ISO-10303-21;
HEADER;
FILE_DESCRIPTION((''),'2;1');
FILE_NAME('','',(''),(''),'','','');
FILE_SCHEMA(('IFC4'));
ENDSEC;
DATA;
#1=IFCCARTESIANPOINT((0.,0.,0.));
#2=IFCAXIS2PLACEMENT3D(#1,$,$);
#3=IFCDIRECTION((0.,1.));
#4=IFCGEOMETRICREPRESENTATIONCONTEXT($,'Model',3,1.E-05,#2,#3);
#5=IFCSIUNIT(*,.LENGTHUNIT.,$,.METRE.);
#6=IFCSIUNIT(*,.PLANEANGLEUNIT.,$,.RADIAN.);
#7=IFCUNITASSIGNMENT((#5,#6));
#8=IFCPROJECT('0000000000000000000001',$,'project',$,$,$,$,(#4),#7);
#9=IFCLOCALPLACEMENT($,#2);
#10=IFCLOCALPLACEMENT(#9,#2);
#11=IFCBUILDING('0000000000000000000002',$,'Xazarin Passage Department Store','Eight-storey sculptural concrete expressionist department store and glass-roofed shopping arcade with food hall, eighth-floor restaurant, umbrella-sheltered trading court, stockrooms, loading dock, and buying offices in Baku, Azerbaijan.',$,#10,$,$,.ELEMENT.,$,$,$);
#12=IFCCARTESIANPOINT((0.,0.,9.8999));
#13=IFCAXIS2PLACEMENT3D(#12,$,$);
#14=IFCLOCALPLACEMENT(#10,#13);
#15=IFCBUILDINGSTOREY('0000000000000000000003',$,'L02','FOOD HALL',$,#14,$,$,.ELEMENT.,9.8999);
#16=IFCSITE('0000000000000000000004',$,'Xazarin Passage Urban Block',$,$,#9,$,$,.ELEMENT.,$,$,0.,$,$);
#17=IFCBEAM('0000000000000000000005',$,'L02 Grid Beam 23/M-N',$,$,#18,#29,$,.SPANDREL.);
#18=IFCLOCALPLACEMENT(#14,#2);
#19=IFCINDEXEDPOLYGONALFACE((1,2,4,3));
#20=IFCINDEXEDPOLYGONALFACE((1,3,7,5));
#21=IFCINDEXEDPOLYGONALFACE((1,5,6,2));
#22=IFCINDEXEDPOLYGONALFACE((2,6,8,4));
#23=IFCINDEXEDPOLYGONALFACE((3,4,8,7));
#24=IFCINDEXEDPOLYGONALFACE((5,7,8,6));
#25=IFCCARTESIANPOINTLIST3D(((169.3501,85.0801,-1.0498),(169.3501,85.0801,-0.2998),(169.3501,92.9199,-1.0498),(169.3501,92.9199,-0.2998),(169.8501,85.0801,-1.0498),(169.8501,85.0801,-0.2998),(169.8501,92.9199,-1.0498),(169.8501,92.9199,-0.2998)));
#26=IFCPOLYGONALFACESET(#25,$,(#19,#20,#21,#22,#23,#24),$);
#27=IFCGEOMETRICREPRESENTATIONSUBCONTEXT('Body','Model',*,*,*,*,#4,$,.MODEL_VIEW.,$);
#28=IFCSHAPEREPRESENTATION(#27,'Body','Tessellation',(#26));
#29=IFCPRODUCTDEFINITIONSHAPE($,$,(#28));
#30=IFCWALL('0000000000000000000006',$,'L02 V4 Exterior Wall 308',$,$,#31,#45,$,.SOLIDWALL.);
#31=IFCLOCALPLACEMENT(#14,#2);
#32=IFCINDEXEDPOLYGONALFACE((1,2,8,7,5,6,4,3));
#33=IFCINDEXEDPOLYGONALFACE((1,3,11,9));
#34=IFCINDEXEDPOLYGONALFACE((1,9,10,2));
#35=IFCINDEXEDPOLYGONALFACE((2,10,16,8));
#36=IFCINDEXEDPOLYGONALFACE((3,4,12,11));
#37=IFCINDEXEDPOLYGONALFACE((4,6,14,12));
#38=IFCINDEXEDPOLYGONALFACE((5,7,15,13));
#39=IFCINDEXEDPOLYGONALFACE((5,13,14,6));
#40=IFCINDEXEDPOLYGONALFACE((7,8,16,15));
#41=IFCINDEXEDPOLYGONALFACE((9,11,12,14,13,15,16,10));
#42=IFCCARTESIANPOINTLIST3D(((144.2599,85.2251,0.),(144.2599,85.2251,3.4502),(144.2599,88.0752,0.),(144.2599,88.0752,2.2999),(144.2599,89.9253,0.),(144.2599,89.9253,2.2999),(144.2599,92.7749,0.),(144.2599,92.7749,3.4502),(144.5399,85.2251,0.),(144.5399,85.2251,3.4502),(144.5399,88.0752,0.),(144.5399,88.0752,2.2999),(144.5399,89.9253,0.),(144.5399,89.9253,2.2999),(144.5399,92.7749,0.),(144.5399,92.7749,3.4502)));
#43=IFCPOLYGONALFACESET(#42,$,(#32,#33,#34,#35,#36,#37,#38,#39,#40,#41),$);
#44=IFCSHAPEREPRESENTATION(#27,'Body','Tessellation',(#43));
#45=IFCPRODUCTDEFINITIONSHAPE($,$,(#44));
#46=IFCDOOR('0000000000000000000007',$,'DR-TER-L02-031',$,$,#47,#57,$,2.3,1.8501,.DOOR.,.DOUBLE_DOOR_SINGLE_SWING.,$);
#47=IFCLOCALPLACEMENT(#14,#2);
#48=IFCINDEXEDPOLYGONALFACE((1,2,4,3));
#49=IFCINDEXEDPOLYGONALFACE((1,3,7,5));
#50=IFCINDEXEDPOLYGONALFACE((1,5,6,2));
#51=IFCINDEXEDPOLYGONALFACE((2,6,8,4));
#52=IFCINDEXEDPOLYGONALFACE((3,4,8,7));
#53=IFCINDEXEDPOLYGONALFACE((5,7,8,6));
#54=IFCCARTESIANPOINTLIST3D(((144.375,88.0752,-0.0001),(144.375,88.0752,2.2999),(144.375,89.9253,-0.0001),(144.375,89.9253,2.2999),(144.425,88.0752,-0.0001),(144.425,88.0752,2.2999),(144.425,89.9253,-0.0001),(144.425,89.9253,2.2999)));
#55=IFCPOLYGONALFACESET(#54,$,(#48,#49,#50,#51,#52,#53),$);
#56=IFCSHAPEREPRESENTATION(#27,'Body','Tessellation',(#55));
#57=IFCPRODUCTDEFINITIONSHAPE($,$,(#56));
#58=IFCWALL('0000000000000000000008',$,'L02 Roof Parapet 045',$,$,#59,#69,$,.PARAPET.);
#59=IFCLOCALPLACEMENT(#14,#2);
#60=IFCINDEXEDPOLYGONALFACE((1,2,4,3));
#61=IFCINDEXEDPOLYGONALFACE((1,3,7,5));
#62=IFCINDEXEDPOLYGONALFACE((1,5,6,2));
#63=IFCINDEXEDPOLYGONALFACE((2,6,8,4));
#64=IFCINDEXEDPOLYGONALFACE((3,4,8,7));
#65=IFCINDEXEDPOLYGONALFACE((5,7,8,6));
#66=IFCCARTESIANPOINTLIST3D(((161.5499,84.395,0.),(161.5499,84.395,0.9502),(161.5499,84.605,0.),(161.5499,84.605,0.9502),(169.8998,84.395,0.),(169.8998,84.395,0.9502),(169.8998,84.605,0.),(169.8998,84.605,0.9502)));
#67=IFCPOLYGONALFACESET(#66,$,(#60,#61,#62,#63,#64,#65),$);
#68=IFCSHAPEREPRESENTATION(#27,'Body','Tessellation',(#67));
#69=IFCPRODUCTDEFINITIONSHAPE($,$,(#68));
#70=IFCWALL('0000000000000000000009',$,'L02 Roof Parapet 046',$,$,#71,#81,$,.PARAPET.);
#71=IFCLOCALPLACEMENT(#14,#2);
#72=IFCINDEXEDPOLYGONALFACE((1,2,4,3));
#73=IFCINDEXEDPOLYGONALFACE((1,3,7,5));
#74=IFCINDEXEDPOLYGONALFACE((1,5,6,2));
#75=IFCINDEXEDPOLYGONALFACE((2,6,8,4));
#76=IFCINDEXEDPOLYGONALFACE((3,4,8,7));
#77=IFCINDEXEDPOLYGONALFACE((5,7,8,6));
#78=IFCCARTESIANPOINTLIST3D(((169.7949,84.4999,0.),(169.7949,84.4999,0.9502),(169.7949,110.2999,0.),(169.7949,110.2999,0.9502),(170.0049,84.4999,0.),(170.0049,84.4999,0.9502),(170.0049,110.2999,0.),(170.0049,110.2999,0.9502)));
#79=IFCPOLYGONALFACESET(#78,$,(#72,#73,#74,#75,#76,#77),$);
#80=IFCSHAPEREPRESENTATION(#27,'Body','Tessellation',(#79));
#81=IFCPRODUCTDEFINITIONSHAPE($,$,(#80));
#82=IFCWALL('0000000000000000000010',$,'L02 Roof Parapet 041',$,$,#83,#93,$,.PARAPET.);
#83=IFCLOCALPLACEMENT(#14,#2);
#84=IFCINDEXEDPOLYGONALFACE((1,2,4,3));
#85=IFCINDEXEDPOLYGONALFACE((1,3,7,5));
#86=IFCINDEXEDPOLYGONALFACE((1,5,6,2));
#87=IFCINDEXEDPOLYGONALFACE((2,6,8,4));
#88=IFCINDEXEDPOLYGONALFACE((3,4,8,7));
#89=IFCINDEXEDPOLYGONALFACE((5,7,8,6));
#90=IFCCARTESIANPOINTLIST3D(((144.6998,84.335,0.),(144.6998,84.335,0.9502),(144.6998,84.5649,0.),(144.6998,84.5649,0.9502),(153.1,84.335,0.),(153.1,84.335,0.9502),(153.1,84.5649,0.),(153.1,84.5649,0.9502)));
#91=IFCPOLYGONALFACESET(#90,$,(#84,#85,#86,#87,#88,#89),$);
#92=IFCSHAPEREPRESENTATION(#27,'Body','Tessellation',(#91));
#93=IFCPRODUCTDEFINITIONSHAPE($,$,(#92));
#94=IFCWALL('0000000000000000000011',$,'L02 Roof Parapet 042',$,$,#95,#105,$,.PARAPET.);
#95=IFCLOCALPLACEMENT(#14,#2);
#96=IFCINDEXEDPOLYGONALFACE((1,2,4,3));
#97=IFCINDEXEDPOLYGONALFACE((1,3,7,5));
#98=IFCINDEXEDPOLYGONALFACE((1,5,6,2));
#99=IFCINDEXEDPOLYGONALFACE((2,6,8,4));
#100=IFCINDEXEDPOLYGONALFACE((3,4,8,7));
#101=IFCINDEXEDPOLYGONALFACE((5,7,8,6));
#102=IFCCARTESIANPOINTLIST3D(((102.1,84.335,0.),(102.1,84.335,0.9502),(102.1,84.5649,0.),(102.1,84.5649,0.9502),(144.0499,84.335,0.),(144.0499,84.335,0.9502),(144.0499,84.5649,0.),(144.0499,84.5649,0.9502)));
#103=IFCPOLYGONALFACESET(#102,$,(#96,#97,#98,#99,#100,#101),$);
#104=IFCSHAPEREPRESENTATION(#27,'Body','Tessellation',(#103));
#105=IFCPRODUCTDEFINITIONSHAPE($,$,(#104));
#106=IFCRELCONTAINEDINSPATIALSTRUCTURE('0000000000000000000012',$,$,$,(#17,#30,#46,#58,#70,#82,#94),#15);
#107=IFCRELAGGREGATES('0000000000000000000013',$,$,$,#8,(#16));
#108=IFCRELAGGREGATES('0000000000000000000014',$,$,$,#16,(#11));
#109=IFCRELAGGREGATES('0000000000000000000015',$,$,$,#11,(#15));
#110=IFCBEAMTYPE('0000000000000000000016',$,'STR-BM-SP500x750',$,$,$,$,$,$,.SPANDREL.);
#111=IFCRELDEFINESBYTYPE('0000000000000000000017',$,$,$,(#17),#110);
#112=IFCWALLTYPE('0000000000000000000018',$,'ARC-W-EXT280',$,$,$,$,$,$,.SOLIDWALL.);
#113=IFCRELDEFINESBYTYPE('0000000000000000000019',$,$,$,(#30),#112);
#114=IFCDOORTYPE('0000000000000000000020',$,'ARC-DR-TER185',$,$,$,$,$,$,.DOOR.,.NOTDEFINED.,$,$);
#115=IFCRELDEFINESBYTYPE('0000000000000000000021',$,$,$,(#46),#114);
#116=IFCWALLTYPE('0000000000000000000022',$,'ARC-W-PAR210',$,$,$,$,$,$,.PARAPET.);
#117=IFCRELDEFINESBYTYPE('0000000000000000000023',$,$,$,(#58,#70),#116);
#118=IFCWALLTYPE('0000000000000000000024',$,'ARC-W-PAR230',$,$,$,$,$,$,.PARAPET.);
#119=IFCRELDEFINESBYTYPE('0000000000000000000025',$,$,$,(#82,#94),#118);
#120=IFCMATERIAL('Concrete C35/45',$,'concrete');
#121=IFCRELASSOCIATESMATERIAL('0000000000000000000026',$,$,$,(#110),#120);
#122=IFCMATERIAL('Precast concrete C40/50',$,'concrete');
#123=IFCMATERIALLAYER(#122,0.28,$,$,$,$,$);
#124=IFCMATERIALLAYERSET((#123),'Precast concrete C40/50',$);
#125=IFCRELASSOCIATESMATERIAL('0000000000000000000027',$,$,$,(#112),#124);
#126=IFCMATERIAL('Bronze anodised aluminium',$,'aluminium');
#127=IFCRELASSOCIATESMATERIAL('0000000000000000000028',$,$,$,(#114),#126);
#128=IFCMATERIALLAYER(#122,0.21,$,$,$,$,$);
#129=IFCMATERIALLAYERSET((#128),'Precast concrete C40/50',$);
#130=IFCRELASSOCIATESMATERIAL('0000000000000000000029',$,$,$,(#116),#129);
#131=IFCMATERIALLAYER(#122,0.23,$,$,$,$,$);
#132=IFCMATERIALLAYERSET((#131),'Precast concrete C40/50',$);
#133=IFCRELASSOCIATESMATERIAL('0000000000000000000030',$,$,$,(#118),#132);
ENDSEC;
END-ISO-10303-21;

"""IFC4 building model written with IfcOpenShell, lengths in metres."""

from ifc_helpers import new_model, si_unit, direction, frame, frame_2d, origin, origin_2d, place, context, subcontext, project, spatial, rectangle, extrude, material, layer, layer_set, material_profile, profile_set, type_object, element, fill, save


model = new_model("IFC4")

# Units and contexts
model_context = context("Model", 3, precision=1e-05, world=origin(), true_north=direction((0.0, 1.0)))
body_context = subcontext(model_context, "Body", "Model", "MODEL_VIEW")
ifc_project = project(units=[si_unit("LENGTHUNIT", "METRE"), si_unit("PLANEANGLEUNIT", "RADIAN")], contexts=[model_context])

# Site, building, storey
site_placement = place(None, origin())
site = spatial("IfcSite", under=ifc_project, at=site_placement, Name="Xazarin Passage Urban Block", CompositionType="ELEMENT", RefElevation=0.0)
building_placement = place(site_placement, origin())
building = spatial("IfcBuilding", under=site, at=building_placement, Name="Xazarin Passage Department Store", Description="Eight-storey sculptural concrete expressionist department store and glass-roofed shopping arcade with food hall, eighth-floor restaurant, umbrella-sheltered trading court, stockrooms, loading dock, and buying offices in Baku, Azerbaijan.", CompositionType="ELEMENT")
storey_placement = place(building_placement, frame((0.0, 0.0, 9.8999)))
storey = spatial("IfcBuildingStorey", under=building, at=storey_placement, Name="L02", Description="FOOD HALL", CompositionType="ELEMENT", Elevation=9.8999)

# Beam
ifc_material_1 = material(Name="Concrete C35/45", Category="concrete")
ifc_material_profile_1 = material_profile(ifc_material_1, rectangle(XDim=0.5, YDim=0.75, at=origin_2d()), Name="RC 500x750")
ifc_profile_set_1 = profile_set([ifc_material_profile_1], Name="Concrete C35/45")
beam_type_1 = type_object("IfcBeamType", Name="STR-BM-SP500x750", PredefinedType="SPANDREL", material=ifc_profile_set_1)
for number, where, z_axis, x_axis, name in (
    (1, (169.6001, 85.0801, -0.6748), (0.0, 1.0, 0.0), (-1.0, 0.0, 0.0), "L02 Grid Beam 23/M-N"),
):
    element("IfcBeam", number, at=place(storey_placement, frame(where, z_axis=z_axis, x_axis=x_axis)), inside=storey, type_object=beam_type_1, Name=name, PredefinedType="SPANDREL", context=body_context, shape_type="SweptSolid", body=[
        extrude(rectangle(XDim=0.5, YDim=0.75, at=origin_2d()), origin(), (0.0, 0.0, 1.0), 7.8398),
    ])

# Wall, opening, door
ifc_material_2 = material(Name="Precast concrete C40/50", Category="concrete")
ifc_layer_1 = layer(ifc_material_2, 0.28)
ifc_layer_set_1 = layer_set([ifc_layer_1], Name="Precast concrete C40/50")
wall_type_1 = type_object("IfcWallType", Name="ARC-W-EXT280", PredefinedType="SOLIDWALL", material=ifc_layer_set_1)
wall_1_placement = place(storey_placement, frame((144.3999, 85.2251, 0.0), z_axis=(0.0, 0.0, 1.0), x_axis=(0.0, 1.0, 0.0)))
wall_1 = element("IfcWall", 2, at=wall_1_placement, inside=storey, type_object=wall_type_1, Name="L02 V4 Exterior Wall 308", PredefinedType="SOLIDWALL", context=body_context, shape_type="SweptSolid", body=[
    extrude(rectangle(XDim=7.5498, YDim=0.28, at=frame_2d((3.7749, 0.0))), origin(), (0.0, 0.0, 1.0), 3.4502),
])
opening_placement = place(wall_1_placement, frame((2.8501, 0.0, 0.0)))
opening = element("IfcOpeningElement", 3, at=opening_placement, cuts=wall_1, PredefinedType="OPENING", context=body_context, shape_type="SweptSolid", body=[
    extrude(rectangle(XDim=1.8501, YDim=2.3, at=frame_2d((0.925, 1.1499))), frame((0.0, 0.1499, 0.0), z_axis=(0.0, -1.0, 0.0), x_axis=(1.0, 0.0, 0.0)), (0.0, 0.0, 1.0), 0.3),
])
ifc_material_3 = material(Name="Bronze anodised aluminium", Category="aluminium")
door_type = type_object("IfcDoorType", Name="ARC-DR-TER185", OperationType="NOTDEFINED", PredefinedType="DOOR", material=ifc_material_3)
door_placement = place(opening_placement, origin())
door = element("IfcDoor", 4, at=door_placement, inside=storey, type_object=door_type, Name="DR-TER-L02-031", OperationType="DOUBLE_DOOR_SINGLE_SWING", OverallHeight=2.3, OverallWidth=1.8501, PredefinedType="DOOR", context=body_context, shape_type="SweptSolid", body=[
    extrude(rectangle(XDim=1.8501, YDim=2.3, at=frame_2d((0.925, 1.1499))), frame((0.0, 0.0249, 0.0), z_axis=(0.0, -1.0, 0.0), x_axis=(1.0, 0.0, 0.0)), (0.0, 0.0, 1.0), 0.05),
])
fill(opening, door)

# Walls
ifc_layer_2 = layer(ifc_material_2, 0.21)
ifc_layer_set_2 = layer_set([ifc_layer_2], Name="Precast concrete C40/50")
wall_type_2 = type_object("IfcWallType", Name="ARC-W-PAR210", PredefinedType="PARAPET", material=ifc_layer_set_2)
wall_2_placement = place(storey_placement, frame((161.55, 84.5, 0.0), z_axis=(0.0, 0.0, 1.0), x_axis=(1.0, 0.0, 0.0)))
element("IfcWall", 5, at=wall_2_placement, inside=storey, type_object=wall_type_2, Name="L02 Roof Parapet 045", PredefinedType="PARAPET", context=body_context, shape_type="SweptSolid", body=[
    extrude(rectangle(XDim=8.3499, YDim=0.21, at=frame_2d((4.1748, 0.0))), origin(), (0.0, 0.0, 1.0), 0.9502),
])
wall_3_placement = place(storey_placement, frame((169.8999, 84.5, 0.0), z_axis=(0.0, 0.0, 1.0), x_axis=(0.0, 1.0, 0.0)))
element("IfcWall", 6, at=wall_3_placement, inside=storey, type_object=wall_type_2, Name="L02 Roof Parapet 046", PredefinedType="PARAPET", context=body_context, shape_type="SweptSolid", body=[
    extrude(rectangle(XDim=25.8, YDim=0.21, at=frame_2d((12.8999, 0.0))), origin(), (0.0, 0.0, 1.0), 0.9502),
])
ifc_layer_3 = layer(ifc_material_2, 0.23)
ifc_layer_set_3 = layer_set([ifc_layer_3], Name="Precast concrete C40/50")
wall_type_3 = type_object("IfcWallType", Name="ARC-W-PAR230", PredefinedType="PARAPET", material=ifc_layer_set_3)
wall_4_placement = place(storey_placement, frame((153.1001, 84.45, 0.0), z_axis=(0.0, 0.0, 1.0), x_axis=(-1.0, 0.0, 0.0)))
element("IfcWall", 7, at=wall_4_placement, inside=storey, type_object=wall_type_3, Name="L02 Roof Parapet 041", PredefinedType="PARAPET", context=body_context, shape_type="SweptSolid", body=[
    extrude(rectangle(XDim=8.4001, YDim=0.23, at=frame_2d((4.2002, 0.0))), origin(), (0.0, 0.0, 1.0), 0.9502),
])
wall_5_placement = place(storey_placement, frame((144.05, 84.45, 0.0), z_axis=(0.0, 0.0, 1.0), x_axis=(-1.0, 0.0, 0.0)))
element("IfcWall", 8, at=wall_5_placement, inside=storey, type_object=wall_type_3, Name="L02 Roof Parapet 042", PredefinedType="PARAPET", context=body_context, shape_type="SweptSolid", body=[
    extrude(rectangle(XDim=41.95, YDim=0.23, at=frame_2d((20.9751, 0.0))), origin(), (0.0, 0.0, 1.0), 0.9502),
])

save(model, "model.ifc")
